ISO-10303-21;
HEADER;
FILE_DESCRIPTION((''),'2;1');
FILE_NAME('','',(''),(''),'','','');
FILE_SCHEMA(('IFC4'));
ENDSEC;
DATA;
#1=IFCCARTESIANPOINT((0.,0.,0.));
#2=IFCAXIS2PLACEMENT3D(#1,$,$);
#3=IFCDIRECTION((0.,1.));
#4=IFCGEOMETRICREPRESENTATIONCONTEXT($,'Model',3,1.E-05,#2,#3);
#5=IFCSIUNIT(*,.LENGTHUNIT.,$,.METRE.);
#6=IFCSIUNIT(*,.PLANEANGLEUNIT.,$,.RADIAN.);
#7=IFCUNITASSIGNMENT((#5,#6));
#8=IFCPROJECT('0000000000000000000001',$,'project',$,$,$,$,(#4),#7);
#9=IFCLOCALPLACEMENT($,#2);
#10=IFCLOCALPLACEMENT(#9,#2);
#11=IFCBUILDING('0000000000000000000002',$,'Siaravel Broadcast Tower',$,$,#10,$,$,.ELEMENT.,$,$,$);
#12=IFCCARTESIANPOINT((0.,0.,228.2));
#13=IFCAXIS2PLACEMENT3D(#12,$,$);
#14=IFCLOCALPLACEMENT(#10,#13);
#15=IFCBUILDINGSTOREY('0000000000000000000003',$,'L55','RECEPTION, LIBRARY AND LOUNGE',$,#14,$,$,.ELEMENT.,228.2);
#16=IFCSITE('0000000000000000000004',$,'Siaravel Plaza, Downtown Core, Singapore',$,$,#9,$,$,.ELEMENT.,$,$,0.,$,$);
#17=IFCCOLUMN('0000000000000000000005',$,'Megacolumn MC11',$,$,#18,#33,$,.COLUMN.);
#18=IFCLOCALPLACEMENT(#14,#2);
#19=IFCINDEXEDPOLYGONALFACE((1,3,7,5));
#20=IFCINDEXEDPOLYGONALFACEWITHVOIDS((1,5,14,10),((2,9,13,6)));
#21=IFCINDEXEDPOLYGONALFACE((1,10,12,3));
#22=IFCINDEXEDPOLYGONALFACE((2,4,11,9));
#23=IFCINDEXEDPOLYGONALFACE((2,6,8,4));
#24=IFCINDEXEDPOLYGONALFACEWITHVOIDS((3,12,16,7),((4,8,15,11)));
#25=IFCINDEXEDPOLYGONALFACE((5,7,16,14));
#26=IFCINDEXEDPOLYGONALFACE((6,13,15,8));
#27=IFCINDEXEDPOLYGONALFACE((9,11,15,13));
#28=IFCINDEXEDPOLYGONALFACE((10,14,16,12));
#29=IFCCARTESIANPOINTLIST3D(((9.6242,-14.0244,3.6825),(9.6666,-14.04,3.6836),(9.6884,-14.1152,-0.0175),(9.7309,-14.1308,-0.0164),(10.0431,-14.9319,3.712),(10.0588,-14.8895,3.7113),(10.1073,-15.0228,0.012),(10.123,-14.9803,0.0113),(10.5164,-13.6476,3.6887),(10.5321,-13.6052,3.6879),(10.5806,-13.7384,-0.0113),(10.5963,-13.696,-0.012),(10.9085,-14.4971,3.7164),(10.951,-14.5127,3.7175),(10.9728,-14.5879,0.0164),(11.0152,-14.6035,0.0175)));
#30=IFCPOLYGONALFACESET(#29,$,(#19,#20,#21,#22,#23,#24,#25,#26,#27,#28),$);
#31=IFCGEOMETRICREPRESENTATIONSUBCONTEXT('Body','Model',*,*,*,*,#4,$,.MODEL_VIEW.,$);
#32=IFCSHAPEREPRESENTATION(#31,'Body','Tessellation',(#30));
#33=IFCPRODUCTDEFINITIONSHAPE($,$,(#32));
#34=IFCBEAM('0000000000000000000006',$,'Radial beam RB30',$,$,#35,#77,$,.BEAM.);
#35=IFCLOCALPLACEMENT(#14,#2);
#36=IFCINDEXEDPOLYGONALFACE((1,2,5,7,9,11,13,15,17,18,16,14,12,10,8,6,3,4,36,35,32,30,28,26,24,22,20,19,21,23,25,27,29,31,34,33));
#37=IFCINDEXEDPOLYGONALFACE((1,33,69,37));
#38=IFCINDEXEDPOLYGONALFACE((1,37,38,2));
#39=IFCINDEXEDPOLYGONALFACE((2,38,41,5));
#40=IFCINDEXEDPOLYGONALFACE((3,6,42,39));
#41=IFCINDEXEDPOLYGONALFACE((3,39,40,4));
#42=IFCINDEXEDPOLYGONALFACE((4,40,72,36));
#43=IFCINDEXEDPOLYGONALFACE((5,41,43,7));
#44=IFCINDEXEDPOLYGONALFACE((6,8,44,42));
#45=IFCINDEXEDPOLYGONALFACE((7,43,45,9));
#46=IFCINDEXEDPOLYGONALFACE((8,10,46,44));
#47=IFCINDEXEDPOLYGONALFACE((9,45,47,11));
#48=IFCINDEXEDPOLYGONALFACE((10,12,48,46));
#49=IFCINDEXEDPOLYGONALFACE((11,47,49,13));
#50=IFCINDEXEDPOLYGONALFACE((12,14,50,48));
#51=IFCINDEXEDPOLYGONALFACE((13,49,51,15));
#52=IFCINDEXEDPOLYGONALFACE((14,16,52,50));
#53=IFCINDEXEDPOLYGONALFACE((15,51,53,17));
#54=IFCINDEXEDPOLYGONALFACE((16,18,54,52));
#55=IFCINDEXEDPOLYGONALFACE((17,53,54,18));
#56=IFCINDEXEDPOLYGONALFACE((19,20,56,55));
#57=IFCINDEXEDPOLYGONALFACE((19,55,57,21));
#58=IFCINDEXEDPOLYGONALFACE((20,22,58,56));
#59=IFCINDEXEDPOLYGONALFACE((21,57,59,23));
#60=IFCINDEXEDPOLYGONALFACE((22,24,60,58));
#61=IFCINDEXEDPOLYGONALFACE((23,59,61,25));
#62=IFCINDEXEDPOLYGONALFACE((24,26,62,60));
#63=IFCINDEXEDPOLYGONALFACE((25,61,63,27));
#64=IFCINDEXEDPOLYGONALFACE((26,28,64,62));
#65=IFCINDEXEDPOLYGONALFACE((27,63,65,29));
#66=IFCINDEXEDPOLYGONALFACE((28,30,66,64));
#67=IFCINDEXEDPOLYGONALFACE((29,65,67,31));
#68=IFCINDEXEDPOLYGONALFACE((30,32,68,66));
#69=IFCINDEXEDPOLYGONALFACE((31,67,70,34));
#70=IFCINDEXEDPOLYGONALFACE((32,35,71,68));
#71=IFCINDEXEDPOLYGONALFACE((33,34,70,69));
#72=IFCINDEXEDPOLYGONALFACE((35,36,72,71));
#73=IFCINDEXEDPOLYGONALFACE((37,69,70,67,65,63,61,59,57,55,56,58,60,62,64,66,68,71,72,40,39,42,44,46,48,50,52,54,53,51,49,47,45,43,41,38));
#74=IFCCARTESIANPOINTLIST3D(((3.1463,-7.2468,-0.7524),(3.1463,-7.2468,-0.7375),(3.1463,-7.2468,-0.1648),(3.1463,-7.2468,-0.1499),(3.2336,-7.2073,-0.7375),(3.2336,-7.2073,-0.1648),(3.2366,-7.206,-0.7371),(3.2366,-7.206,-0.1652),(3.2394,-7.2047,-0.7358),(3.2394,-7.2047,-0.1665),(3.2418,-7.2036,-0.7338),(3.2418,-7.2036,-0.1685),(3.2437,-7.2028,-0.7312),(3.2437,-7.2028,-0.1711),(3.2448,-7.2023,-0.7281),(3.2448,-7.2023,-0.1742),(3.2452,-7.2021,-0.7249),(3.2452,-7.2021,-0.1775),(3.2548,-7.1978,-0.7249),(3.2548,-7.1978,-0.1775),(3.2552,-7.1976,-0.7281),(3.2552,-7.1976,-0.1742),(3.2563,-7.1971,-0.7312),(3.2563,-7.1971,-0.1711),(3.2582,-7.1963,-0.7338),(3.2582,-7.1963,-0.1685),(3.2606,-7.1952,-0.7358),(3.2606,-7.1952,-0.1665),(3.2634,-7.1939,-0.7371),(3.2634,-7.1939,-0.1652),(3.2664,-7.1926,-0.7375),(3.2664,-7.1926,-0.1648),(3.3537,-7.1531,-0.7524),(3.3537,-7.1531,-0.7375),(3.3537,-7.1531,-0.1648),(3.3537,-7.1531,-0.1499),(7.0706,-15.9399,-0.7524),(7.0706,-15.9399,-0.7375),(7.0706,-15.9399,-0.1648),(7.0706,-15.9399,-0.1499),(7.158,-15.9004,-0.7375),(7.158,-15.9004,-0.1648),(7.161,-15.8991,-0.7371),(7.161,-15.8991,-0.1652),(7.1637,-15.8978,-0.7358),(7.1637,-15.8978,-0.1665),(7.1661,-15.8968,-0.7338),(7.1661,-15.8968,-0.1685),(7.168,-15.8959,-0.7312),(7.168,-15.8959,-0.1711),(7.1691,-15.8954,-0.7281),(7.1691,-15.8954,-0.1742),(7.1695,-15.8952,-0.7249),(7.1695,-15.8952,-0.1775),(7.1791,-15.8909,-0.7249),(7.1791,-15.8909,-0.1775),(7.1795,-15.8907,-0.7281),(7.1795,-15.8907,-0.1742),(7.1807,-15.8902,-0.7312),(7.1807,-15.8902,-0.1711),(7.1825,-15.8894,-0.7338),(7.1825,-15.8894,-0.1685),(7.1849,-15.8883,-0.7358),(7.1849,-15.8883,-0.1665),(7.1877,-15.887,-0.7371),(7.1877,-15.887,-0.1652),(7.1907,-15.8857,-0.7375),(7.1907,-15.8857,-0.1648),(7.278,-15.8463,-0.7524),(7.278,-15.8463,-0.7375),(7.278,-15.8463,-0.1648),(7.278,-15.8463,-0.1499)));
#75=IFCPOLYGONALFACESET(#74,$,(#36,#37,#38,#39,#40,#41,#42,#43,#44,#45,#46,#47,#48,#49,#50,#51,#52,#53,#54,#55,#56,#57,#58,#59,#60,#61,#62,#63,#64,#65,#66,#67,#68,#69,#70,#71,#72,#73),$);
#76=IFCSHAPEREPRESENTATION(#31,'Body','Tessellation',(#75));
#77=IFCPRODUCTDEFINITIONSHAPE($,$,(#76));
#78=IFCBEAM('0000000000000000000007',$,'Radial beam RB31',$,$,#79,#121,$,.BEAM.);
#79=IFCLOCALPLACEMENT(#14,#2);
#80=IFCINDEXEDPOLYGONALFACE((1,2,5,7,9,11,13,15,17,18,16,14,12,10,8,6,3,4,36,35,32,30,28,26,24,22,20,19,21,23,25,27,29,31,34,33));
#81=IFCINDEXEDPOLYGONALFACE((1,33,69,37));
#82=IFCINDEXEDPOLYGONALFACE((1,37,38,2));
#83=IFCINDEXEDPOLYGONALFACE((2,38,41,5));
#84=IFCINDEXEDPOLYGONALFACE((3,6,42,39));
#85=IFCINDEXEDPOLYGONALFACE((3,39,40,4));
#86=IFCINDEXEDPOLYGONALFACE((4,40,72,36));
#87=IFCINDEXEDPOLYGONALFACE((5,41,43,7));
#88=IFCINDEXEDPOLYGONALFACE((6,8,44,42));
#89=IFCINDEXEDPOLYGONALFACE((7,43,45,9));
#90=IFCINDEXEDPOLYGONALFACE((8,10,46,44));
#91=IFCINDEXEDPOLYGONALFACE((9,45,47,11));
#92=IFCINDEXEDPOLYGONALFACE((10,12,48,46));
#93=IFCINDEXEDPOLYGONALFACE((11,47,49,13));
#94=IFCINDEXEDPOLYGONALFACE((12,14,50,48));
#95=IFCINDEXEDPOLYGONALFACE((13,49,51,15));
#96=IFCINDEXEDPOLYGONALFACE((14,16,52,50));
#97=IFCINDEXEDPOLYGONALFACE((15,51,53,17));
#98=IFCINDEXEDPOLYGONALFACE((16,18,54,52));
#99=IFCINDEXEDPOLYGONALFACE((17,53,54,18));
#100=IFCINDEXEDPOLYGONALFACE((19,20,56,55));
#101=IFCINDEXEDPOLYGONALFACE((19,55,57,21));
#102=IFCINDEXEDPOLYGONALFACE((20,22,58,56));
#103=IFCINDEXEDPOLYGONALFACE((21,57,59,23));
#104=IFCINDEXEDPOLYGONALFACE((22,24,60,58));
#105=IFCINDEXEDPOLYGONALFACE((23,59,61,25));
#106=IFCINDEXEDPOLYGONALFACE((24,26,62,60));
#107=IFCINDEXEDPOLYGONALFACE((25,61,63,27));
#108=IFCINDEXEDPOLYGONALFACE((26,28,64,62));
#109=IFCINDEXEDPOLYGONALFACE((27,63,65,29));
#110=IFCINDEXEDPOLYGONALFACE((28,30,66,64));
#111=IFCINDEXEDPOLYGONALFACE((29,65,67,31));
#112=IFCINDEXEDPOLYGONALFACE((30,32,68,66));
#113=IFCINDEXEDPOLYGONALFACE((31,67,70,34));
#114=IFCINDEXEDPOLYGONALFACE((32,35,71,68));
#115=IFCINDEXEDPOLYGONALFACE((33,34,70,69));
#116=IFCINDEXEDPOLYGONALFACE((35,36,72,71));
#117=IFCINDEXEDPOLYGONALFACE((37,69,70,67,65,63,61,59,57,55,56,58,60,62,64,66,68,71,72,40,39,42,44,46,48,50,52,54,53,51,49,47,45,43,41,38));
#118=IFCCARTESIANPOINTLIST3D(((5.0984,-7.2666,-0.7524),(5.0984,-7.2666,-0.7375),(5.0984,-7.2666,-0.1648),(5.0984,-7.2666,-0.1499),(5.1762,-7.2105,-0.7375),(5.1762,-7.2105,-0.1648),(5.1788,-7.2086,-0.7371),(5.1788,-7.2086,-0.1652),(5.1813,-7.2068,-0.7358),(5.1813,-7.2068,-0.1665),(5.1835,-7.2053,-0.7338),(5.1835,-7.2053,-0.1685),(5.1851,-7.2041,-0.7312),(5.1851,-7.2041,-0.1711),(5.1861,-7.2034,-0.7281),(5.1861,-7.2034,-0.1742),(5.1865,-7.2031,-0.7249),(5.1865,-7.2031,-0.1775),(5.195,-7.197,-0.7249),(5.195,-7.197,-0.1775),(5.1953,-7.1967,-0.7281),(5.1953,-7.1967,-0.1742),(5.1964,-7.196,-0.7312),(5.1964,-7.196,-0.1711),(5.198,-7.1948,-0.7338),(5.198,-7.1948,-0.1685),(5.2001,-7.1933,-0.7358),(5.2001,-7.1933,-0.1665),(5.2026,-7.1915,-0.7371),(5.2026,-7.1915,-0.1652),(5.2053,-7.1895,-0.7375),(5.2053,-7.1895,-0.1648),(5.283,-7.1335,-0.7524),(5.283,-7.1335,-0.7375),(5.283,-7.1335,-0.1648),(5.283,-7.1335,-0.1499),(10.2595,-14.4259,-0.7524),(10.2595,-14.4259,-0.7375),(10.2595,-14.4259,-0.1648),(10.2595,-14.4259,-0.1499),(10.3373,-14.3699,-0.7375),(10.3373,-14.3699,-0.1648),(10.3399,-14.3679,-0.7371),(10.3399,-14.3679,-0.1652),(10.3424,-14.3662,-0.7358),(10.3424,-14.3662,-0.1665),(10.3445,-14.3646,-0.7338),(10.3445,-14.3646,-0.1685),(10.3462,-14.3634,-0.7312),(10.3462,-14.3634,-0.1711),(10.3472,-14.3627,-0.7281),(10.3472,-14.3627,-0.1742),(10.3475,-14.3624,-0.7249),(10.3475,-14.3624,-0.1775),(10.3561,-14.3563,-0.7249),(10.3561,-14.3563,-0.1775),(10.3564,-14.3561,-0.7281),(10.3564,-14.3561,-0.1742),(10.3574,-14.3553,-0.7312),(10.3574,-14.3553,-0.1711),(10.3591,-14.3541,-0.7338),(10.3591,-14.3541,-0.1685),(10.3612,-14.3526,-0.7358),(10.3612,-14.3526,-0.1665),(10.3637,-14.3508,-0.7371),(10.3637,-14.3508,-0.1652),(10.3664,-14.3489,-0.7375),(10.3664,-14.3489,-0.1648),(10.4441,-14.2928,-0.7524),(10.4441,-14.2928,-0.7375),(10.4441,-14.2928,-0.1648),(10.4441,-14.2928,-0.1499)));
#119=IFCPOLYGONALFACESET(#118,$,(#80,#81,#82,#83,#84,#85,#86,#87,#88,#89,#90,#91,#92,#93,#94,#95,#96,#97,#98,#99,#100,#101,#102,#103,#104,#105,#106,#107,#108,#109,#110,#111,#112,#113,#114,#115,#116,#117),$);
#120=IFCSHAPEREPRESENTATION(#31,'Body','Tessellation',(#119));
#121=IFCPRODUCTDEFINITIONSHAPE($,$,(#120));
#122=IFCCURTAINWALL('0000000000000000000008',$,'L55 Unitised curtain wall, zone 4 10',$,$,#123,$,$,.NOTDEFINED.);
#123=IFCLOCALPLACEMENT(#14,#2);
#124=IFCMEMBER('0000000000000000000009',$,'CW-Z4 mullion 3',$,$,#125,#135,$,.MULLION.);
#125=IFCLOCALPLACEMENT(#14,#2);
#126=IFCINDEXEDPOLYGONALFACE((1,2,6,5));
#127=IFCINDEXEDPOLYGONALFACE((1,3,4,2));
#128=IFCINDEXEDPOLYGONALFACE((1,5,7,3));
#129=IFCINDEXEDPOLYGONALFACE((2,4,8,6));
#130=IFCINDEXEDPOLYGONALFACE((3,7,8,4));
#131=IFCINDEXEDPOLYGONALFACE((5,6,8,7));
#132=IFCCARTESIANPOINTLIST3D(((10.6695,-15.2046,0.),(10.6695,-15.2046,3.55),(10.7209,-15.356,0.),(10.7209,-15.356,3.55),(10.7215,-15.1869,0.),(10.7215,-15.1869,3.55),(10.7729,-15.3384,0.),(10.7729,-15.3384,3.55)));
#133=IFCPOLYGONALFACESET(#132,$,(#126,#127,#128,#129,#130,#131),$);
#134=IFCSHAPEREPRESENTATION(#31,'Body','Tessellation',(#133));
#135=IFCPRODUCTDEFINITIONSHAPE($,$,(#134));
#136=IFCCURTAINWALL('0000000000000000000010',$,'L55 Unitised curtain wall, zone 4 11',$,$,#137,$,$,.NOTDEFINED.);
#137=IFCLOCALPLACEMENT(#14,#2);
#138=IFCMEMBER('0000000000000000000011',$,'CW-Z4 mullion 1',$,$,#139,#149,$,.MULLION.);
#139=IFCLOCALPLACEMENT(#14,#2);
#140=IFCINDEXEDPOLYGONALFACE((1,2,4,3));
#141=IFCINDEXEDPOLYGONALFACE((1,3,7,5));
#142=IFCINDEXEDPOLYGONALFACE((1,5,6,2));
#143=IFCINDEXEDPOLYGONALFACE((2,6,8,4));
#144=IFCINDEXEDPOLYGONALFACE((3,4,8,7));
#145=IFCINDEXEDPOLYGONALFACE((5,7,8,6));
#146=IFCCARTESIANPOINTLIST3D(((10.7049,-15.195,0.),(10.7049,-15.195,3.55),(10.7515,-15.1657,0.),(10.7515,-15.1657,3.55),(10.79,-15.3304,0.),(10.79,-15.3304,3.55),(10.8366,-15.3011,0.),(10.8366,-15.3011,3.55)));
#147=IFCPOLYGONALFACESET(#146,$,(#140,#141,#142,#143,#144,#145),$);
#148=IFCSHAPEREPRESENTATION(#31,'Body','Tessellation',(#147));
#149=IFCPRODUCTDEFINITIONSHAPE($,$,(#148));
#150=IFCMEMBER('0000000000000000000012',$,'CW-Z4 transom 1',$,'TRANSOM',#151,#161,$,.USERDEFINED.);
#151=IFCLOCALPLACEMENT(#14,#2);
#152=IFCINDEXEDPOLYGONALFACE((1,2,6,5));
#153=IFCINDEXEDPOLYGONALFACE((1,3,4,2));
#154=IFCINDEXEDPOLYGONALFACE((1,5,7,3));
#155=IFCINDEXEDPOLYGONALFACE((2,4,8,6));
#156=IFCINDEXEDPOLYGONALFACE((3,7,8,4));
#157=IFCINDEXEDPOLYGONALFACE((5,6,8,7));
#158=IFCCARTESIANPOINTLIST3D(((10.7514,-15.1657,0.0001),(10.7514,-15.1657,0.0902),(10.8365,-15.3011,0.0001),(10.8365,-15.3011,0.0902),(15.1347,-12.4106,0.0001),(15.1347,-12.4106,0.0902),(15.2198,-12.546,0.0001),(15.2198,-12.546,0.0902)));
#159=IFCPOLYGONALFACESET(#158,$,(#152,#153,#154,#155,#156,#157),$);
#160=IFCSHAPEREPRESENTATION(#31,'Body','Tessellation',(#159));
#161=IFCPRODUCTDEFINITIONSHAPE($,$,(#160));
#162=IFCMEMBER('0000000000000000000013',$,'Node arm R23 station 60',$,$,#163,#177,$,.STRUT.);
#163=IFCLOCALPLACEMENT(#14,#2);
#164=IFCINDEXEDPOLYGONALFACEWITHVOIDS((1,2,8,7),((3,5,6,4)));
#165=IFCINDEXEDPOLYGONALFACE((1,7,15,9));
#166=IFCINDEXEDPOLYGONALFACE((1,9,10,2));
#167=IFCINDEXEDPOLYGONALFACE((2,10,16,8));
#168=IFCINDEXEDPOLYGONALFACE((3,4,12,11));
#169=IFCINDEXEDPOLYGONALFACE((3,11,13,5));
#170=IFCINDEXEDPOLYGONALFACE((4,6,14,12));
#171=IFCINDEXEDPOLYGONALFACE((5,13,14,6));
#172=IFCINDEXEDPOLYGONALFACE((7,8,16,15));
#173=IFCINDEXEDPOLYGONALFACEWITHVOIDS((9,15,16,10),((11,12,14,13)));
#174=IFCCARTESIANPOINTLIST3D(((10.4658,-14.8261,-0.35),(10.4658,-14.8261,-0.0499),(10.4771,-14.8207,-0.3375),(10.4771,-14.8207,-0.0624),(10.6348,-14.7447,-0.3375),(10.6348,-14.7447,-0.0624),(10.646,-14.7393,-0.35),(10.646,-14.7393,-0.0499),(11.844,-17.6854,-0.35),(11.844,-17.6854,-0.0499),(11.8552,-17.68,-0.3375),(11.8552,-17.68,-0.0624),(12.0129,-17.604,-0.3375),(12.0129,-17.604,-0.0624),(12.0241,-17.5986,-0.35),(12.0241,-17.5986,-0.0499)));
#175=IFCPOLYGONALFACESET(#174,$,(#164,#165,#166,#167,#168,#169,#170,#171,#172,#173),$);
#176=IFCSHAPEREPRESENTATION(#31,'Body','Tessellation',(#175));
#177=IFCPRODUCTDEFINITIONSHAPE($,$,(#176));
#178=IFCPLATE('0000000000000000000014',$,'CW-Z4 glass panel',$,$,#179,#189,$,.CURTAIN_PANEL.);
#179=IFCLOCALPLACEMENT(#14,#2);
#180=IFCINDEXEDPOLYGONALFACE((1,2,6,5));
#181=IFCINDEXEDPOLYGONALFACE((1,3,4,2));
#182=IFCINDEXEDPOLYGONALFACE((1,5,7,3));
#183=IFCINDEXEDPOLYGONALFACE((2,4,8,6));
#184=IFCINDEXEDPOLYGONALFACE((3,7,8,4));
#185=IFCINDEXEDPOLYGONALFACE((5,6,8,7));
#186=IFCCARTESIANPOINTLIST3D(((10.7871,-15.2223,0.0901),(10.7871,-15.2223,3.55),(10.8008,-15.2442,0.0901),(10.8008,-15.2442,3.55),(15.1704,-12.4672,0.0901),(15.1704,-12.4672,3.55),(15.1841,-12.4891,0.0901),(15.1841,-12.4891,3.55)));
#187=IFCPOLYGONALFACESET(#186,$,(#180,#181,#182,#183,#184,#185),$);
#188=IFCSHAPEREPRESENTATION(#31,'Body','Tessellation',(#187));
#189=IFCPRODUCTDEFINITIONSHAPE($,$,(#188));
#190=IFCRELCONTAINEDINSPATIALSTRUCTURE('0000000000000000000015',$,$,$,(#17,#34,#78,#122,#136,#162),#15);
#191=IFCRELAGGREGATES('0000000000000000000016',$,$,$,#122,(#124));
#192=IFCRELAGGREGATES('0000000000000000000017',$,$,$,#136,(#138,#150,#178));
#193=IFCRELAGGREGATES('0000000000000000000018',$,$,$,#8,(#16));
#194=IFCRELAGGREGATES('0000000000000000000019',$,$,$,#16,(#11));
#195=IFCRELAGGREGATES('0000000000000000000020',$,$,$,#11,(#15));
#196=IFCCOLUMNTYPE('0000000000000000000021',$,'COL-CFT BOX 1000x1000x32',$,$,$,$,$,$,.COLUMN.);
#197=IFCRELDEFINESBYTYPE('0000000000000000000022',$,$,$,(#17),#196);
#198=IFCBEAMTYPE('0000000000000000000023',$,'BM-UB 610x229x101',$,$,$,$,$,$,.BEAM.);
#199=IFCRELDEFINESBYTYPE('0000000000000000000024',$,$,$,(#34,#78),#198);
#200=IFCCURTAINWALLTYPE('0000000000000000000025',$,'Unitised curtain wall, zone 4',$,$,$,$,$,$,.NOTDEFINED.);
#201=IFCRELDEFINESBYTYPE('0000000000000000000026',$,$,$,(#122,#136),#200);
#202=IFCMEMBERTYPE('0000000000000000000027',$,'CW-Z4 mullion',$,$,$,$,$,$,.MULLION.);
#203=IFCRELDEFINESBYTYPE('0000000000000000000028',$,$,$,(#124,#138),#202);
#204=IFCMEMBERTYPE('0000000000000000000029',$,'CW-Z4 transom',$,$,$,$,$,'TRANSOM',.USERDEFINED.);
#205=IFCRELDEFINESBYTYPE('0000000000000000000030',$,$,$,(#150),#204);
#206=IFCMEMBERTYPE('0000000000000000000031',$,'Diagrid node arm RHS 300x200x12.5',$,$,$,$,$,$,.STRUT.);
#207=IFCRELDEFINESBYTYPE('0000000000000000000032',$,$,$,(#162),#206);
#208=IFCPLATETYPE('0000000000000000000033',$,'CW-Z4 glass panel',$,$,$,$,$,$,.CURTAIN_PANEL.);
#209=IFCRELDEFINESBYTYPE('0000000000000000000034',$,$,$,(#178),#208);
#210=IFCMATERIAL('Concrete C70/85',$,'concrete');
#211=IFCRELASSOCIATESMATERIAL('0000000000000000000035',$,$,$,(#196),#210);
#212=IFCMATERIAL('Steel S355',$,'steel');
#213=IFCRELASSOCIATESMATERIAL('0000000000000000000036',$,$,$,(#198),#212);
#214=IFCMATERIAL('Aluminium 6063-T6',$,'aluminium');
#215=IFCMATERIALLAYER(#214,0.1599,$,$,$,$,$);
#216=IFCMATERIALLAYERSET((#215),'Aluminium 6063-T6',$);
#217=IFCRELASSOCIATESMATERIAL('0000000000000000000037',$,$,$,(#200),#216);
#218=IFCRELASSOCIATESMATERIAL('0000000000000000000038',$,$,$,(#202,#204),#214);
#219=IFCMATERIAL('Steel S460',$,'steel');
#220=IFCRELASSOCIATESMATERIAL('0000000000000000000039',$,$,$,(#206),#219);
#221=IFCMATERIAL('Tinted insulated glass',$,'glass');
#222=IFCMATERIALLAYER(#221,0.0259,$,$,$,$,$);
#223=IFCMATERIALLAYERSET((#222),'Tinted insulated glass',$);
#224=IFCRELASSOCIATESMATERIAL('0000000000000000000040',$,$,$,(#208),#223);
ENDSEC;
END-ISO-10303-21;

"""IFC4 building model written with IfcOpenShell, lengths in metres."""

from ifc_helpers import new_model, si_unit, direction, frame, origin, origin_2d, place, context, subcontext, project, spatial, rectangle, hollow_rectangle, i_section, extrude, material, layer, layer_set, material_profile, profile_set, type_object, element, aggregate, save


model = new_model("IFC4")

# Units and contexts
model_context = context("Model", 3, precision=1e-05, world=origin(), true_north=direction((0.0, 1.0)))
body_context = subcontext(model_context, "Body", "Model", "MODEL_VIEW")
ifc_project = project(units=[si_unit("LENGTHUNIT", "METRE"), si_unit("PLANEANGLEUNIT", "RADIAN")], contexts=[model_context])

# Site, building, storey
site_placement = place(None, origin())
site = spatial("IfcSite", under=ifc_project, at=site_placement, Name="Siaravel Plaza, Downtown Core, Singapore", CompositionType="ELEMENT", RefElevation=0.0)
building_placement = place(site_placement, origin())
building = spatial("IfcBuilding", under=site, at=building_placement, Name="Siaravel Broadcast Tower", CompositionType="ELEMENT")
storey_placement = place(building_placement, frame((0.0, 0.0, 228.2)))
storey = spatial("IfcBuildingStorey", under=building, at=storey_placement, Name="L55", Description="RECEPTION, LIBRARY AND LOUNGE", CompositionType="ELEMENT", Elevation=228.2)

# Column
ifc_material_1 = material(Name="Concrete C70/85", Category="concrete")
ifc_material_profile_1 = material_profile(ifc_material_1, hollow_rectangle(XDim=1.0, YDim=1.0, WallThickness=0.032, at=origin_2d()))
ifc_profile_set_1 = profile_set([ifc_material_profile_1], Name="Concrete C70/85")
column_type = type_object("IfcColumnType", Name="COL-CFT BOX 1000x1000x32", PredefinedType="COLUMN", material=ifc_profile_set_1)
column_placement = place(storey_placement, frame((10.3518, -14.3594, 0.0), z_axis=(-0.017346, 0.024535, 0.999548), x_axis=(-0.907863, -0.419232, -0.005464)))
element("IfcColumn", 1, at=column_placement, inside=storey, type_object=column_type, Name="Megacolumn MC11", PredefinedType="COLUMN", context=body_context, shape_type="SweptSolid", body=[
    extrude(hollow_rectangle(XDim=1.0, YDim=1.0, WallThickness=0.032, at=origin_2d()), origin(), (0.0, 0.0, 1.0), 3.7017),
])

# Beams
ifc_material_2 = material(Name="Steel S355", Category="steel")
ifc_material_profile_2 = material_profile(ifc_material_2, i_section(OverallWidth=0.2275, OverallDepth=0.6025, WebThickness=0.0105, FlangeThickness=0.0149, FilletRadius=0.0127, at=origin_2d()))
ifc_profile_set_2 = profile_set([ifc_material_profile_2], Name="Steel S355")
beam_type = type_object("IfcBeamType", Name="BM-UB 610x229x101", PredefinedType="BEAM", material=ifc_profile_set_2)
beam_1_placement = place(storey_placement, frame((7.1743, -15.8931, -0.4512), z_axis=(-0.411447, 0.911434, 0.0), x_axis=(-0.911434, -0.411447, 0.0)))
element("IfcBeam", 2, at=beam_1_placement, inside=storey, type_object=beam_type, Name="Radial beam RB30", PredefinedType="BEAM", context=body_context, shape_type="SweptSolid", body=[
    extrude(i_section(OverallWidth=0.2275, OverallDepth=0.6025, WebThickness=0.0105, FlangeThickness=0.0149, FilletRadius=0.0127, at=origin_2d()), origin(), (0.0, 0.0, 1.0), 9.5378),
])
beam_2_placement = place(storey_placement, frame((10.3518, -14.3594, -0.4512), z_axis=(-0.584778, 0.811193, 0.0), x_axis=(-0.811193, -0.584778, 0.0)))
element("IfcBeam", 3, at=beam_2_placement, inside=storey, type_object=beam_type, Name="Radial beam RB31", PredefinedType="BEAM", context=body_context, shape_type="SweptSolid", body=[
    extrude(i_section(OverallWidth=0.2275, OverallDepth=0.6025, WebThickness=0.0105, FlangeThickness=0.0149, FilletRadius=0.0127, at=origin_2d()), origin(), (0.0, 0.0, 1.0), 8.8257),
])

# Curtain wall, member
ifc_material_3 = material(Name="Aluminium 6063-T6", Category="aluminium")
ifc_layer_1 = layer(ifc_material_3, 0.1599)
ifc_layer_set_1 = layer_set([ifc_layer_1], Name="Aluminium 6063-T6")
curtain_wall_type = type_object("IfcCurtainWallType", Name="Unitised curtain wall, zone 4", PredefinedType="NOTDEFINED", material=ifc_layer_set_1)
curtain_wall_1_placement = place(storey_placement, origin())
curtain_wall_1 = element("IfcCurtainWall", 4, at=curtain_wall_1_placement, inside=storey, type_object=curtain_wall_type, Name="L55 Unitised curtain wall, zone 4 10", PredefinedType="NOTDEFINED")
ifc_material_profile_3 = material_profile(ifc_material_3, rectangle(XDim=0.1599, YDim=0.0549, at=origin_2d()))
ifc_profile_set_3 = profile_set([ifc_material_profile_3], Name="Aluminium 6063-T6")
member_type_1 = type_object("IfcMemberType", Name="CW-Z4 mullion", PredefinedType="MULLION", material=ifc_profile_set_3)
member_1_placement = place(storey_placement, frame((10.7212, -15.2715, 0.0), z_axis=(0.0, 0.0, 1.0), x_axis=(-0.321301, 0.946977, 0.0)))
member_1 = element("IfcMember", 5, at=member_1_placement, type_object=member_type_1, Name="CW-Z4 mullion 3", PredefinedType="MULLION", context=body_context, shape_type="SweptSolid", body=[
    extrude(rectangle(XDim=0.1599, YDim=0.0549, at=origin_2d()), origin(), (0.0, 0.0, 1.0), 3.55),
])
aggregate(curtain_wall_1, [member_1])

# Curtain wall, members
curtain_wall_2_placement = place(storey_placement, origin())
curtain_wall_2 = element("IfcCurtainWall", 6, at=curtain_wall_2_placement, inside=storey, type_object=curtain_wall_type, Name="L55 Unitised curtain wall, zone 4 11", PredefinedType="NOTDEFINED")
member_2_placement = place(storey_placement, frame((10.7708, -15.248, 0.0), z_axis=(0.0, 0.0, 1.0), x_axis=(-0.53215, 0.84665, 0.0)))
member_2 = element("IfcMember", 7, at=member_2_placement, type_object=member_type_1, Name="CW-Z4 mullion 1", PredefinedType="MULLION", context=body_context, shape_type="SweptSolid", body=[
    extrude(rectangle(XDim=0.1599, YDim=0.0549, at=origin_2d()), origin(), (0.0, 0.0, 1.0), 3.55),
])
ifc_material_profile_4 = material_profile(ifc_material_3, rectangle(XDim=0.1599, YDim=0.0901, at=origin_2d()))
ifc_profile_set_4 = profile_set([ifc_material_profile_4], Name="Aluminium 6063-T6")
member_type_2 = type_object("IfcMemberType", Name="CW-Z4 transom", ElementType="TRANSOM", PredefinedType="USERDEFINED", material=ifc_profile_set_4)
member_3_placement = place(storey_placement, frame((10.7939, -15.2334, 0.0452), z_axis=(0.846644, 0.532159, 0.0), x_axis=(-0.532159, 0.846644, 0.0)))
member_3 = element("IfcMember", 8, at=member_3_placement, type_object=member_type_2, Name="CW-Z4 transom 1", ObjectType="TRANSOM", PredefinedType="USERDEFINED", context=body_context, shape_type="SweptSolid", body=[
    extrude(rectangle(XDim=0.1599, YDim=0.0901, at=origin_2d()), origin(), (0.0, 0.0, 1.0), 5.1772),
])

# Member
ifc_material_4 = material(Name="Steel S460", Category="steel")
ifc_material_profile_5 = material_profile(ifc_material_4, hollow_rectangle(XDim=0.2, YDim=0.3, WallThickness=0.0125, at=origin_2d()))
ifc_profile_set_5 = profile_set([ifc_material_profile_5], Name="Steel S460")
member_type_3 = type_object("IfcMemberType", Name="Diagrid node arm RHS 300x200x12.5", PredefinedType="STRUT", material=ifc_profile_set_5)
member_4_placement = place(storey_placement, frame((10.5559, -14.7827, -0.2), z_axis=(0.434183, -0.900825, 0.0), x_axis=(0.900825, 0.434183, 0.0)))
element("IfcMember", 9, at=member_4_placement, inside=storey, type_object=member_type_3, Name="Node arm R23 station 60", PredefinedType="STRUT", context=body_context, shape_type="SweptSolid", body=[
    extrude(hollow_rectangle(XDim=0.2, YDim=0.3, WallThickness=0.0125, at=origin_2d()), origin(), (0.0, 0.0, 1.0), 3.1741),
])

# Plate
ifc_material_5 = material(Name="Tinted insulated glass", Category="glass")
ifc_layer_2 = layer(ifc_material_5, 0.0259)
ifc_layer_set_2 = layer_set([ifc_layer_2], Name="Tinted insulated glass")
plate_type = type_object("IfcPlateType", Name="CW-Z4 glass panel", PredefinedType="CURTAIN_PANEL", material=ifc_layer_set_2)
plate_placement = place(storey_placement, frame((12.9856, -13.8557, 0.0901), z_axis=(0.0, 0.0, 1.0), x_axis=(0.84665, 0.53215, 0.0)))
plate = element("IfcPlate", 10, at=plate_placement, type_object=plate_type, Name="CW-Z4 glass panel", PredefinedType="CURTAIN_PANEL", context=body_context, shape_type="SweptSolid", body=[
    extrude(rectangle(XDim=5.1772, YDim=0.0259, at=origin_2d()), origin(), (0.0, 0.0, 1.0), 3.46),
])
aggregate(curtain_wall_2, [member_2, member_3, plate])

save(model, "model.ifc")
